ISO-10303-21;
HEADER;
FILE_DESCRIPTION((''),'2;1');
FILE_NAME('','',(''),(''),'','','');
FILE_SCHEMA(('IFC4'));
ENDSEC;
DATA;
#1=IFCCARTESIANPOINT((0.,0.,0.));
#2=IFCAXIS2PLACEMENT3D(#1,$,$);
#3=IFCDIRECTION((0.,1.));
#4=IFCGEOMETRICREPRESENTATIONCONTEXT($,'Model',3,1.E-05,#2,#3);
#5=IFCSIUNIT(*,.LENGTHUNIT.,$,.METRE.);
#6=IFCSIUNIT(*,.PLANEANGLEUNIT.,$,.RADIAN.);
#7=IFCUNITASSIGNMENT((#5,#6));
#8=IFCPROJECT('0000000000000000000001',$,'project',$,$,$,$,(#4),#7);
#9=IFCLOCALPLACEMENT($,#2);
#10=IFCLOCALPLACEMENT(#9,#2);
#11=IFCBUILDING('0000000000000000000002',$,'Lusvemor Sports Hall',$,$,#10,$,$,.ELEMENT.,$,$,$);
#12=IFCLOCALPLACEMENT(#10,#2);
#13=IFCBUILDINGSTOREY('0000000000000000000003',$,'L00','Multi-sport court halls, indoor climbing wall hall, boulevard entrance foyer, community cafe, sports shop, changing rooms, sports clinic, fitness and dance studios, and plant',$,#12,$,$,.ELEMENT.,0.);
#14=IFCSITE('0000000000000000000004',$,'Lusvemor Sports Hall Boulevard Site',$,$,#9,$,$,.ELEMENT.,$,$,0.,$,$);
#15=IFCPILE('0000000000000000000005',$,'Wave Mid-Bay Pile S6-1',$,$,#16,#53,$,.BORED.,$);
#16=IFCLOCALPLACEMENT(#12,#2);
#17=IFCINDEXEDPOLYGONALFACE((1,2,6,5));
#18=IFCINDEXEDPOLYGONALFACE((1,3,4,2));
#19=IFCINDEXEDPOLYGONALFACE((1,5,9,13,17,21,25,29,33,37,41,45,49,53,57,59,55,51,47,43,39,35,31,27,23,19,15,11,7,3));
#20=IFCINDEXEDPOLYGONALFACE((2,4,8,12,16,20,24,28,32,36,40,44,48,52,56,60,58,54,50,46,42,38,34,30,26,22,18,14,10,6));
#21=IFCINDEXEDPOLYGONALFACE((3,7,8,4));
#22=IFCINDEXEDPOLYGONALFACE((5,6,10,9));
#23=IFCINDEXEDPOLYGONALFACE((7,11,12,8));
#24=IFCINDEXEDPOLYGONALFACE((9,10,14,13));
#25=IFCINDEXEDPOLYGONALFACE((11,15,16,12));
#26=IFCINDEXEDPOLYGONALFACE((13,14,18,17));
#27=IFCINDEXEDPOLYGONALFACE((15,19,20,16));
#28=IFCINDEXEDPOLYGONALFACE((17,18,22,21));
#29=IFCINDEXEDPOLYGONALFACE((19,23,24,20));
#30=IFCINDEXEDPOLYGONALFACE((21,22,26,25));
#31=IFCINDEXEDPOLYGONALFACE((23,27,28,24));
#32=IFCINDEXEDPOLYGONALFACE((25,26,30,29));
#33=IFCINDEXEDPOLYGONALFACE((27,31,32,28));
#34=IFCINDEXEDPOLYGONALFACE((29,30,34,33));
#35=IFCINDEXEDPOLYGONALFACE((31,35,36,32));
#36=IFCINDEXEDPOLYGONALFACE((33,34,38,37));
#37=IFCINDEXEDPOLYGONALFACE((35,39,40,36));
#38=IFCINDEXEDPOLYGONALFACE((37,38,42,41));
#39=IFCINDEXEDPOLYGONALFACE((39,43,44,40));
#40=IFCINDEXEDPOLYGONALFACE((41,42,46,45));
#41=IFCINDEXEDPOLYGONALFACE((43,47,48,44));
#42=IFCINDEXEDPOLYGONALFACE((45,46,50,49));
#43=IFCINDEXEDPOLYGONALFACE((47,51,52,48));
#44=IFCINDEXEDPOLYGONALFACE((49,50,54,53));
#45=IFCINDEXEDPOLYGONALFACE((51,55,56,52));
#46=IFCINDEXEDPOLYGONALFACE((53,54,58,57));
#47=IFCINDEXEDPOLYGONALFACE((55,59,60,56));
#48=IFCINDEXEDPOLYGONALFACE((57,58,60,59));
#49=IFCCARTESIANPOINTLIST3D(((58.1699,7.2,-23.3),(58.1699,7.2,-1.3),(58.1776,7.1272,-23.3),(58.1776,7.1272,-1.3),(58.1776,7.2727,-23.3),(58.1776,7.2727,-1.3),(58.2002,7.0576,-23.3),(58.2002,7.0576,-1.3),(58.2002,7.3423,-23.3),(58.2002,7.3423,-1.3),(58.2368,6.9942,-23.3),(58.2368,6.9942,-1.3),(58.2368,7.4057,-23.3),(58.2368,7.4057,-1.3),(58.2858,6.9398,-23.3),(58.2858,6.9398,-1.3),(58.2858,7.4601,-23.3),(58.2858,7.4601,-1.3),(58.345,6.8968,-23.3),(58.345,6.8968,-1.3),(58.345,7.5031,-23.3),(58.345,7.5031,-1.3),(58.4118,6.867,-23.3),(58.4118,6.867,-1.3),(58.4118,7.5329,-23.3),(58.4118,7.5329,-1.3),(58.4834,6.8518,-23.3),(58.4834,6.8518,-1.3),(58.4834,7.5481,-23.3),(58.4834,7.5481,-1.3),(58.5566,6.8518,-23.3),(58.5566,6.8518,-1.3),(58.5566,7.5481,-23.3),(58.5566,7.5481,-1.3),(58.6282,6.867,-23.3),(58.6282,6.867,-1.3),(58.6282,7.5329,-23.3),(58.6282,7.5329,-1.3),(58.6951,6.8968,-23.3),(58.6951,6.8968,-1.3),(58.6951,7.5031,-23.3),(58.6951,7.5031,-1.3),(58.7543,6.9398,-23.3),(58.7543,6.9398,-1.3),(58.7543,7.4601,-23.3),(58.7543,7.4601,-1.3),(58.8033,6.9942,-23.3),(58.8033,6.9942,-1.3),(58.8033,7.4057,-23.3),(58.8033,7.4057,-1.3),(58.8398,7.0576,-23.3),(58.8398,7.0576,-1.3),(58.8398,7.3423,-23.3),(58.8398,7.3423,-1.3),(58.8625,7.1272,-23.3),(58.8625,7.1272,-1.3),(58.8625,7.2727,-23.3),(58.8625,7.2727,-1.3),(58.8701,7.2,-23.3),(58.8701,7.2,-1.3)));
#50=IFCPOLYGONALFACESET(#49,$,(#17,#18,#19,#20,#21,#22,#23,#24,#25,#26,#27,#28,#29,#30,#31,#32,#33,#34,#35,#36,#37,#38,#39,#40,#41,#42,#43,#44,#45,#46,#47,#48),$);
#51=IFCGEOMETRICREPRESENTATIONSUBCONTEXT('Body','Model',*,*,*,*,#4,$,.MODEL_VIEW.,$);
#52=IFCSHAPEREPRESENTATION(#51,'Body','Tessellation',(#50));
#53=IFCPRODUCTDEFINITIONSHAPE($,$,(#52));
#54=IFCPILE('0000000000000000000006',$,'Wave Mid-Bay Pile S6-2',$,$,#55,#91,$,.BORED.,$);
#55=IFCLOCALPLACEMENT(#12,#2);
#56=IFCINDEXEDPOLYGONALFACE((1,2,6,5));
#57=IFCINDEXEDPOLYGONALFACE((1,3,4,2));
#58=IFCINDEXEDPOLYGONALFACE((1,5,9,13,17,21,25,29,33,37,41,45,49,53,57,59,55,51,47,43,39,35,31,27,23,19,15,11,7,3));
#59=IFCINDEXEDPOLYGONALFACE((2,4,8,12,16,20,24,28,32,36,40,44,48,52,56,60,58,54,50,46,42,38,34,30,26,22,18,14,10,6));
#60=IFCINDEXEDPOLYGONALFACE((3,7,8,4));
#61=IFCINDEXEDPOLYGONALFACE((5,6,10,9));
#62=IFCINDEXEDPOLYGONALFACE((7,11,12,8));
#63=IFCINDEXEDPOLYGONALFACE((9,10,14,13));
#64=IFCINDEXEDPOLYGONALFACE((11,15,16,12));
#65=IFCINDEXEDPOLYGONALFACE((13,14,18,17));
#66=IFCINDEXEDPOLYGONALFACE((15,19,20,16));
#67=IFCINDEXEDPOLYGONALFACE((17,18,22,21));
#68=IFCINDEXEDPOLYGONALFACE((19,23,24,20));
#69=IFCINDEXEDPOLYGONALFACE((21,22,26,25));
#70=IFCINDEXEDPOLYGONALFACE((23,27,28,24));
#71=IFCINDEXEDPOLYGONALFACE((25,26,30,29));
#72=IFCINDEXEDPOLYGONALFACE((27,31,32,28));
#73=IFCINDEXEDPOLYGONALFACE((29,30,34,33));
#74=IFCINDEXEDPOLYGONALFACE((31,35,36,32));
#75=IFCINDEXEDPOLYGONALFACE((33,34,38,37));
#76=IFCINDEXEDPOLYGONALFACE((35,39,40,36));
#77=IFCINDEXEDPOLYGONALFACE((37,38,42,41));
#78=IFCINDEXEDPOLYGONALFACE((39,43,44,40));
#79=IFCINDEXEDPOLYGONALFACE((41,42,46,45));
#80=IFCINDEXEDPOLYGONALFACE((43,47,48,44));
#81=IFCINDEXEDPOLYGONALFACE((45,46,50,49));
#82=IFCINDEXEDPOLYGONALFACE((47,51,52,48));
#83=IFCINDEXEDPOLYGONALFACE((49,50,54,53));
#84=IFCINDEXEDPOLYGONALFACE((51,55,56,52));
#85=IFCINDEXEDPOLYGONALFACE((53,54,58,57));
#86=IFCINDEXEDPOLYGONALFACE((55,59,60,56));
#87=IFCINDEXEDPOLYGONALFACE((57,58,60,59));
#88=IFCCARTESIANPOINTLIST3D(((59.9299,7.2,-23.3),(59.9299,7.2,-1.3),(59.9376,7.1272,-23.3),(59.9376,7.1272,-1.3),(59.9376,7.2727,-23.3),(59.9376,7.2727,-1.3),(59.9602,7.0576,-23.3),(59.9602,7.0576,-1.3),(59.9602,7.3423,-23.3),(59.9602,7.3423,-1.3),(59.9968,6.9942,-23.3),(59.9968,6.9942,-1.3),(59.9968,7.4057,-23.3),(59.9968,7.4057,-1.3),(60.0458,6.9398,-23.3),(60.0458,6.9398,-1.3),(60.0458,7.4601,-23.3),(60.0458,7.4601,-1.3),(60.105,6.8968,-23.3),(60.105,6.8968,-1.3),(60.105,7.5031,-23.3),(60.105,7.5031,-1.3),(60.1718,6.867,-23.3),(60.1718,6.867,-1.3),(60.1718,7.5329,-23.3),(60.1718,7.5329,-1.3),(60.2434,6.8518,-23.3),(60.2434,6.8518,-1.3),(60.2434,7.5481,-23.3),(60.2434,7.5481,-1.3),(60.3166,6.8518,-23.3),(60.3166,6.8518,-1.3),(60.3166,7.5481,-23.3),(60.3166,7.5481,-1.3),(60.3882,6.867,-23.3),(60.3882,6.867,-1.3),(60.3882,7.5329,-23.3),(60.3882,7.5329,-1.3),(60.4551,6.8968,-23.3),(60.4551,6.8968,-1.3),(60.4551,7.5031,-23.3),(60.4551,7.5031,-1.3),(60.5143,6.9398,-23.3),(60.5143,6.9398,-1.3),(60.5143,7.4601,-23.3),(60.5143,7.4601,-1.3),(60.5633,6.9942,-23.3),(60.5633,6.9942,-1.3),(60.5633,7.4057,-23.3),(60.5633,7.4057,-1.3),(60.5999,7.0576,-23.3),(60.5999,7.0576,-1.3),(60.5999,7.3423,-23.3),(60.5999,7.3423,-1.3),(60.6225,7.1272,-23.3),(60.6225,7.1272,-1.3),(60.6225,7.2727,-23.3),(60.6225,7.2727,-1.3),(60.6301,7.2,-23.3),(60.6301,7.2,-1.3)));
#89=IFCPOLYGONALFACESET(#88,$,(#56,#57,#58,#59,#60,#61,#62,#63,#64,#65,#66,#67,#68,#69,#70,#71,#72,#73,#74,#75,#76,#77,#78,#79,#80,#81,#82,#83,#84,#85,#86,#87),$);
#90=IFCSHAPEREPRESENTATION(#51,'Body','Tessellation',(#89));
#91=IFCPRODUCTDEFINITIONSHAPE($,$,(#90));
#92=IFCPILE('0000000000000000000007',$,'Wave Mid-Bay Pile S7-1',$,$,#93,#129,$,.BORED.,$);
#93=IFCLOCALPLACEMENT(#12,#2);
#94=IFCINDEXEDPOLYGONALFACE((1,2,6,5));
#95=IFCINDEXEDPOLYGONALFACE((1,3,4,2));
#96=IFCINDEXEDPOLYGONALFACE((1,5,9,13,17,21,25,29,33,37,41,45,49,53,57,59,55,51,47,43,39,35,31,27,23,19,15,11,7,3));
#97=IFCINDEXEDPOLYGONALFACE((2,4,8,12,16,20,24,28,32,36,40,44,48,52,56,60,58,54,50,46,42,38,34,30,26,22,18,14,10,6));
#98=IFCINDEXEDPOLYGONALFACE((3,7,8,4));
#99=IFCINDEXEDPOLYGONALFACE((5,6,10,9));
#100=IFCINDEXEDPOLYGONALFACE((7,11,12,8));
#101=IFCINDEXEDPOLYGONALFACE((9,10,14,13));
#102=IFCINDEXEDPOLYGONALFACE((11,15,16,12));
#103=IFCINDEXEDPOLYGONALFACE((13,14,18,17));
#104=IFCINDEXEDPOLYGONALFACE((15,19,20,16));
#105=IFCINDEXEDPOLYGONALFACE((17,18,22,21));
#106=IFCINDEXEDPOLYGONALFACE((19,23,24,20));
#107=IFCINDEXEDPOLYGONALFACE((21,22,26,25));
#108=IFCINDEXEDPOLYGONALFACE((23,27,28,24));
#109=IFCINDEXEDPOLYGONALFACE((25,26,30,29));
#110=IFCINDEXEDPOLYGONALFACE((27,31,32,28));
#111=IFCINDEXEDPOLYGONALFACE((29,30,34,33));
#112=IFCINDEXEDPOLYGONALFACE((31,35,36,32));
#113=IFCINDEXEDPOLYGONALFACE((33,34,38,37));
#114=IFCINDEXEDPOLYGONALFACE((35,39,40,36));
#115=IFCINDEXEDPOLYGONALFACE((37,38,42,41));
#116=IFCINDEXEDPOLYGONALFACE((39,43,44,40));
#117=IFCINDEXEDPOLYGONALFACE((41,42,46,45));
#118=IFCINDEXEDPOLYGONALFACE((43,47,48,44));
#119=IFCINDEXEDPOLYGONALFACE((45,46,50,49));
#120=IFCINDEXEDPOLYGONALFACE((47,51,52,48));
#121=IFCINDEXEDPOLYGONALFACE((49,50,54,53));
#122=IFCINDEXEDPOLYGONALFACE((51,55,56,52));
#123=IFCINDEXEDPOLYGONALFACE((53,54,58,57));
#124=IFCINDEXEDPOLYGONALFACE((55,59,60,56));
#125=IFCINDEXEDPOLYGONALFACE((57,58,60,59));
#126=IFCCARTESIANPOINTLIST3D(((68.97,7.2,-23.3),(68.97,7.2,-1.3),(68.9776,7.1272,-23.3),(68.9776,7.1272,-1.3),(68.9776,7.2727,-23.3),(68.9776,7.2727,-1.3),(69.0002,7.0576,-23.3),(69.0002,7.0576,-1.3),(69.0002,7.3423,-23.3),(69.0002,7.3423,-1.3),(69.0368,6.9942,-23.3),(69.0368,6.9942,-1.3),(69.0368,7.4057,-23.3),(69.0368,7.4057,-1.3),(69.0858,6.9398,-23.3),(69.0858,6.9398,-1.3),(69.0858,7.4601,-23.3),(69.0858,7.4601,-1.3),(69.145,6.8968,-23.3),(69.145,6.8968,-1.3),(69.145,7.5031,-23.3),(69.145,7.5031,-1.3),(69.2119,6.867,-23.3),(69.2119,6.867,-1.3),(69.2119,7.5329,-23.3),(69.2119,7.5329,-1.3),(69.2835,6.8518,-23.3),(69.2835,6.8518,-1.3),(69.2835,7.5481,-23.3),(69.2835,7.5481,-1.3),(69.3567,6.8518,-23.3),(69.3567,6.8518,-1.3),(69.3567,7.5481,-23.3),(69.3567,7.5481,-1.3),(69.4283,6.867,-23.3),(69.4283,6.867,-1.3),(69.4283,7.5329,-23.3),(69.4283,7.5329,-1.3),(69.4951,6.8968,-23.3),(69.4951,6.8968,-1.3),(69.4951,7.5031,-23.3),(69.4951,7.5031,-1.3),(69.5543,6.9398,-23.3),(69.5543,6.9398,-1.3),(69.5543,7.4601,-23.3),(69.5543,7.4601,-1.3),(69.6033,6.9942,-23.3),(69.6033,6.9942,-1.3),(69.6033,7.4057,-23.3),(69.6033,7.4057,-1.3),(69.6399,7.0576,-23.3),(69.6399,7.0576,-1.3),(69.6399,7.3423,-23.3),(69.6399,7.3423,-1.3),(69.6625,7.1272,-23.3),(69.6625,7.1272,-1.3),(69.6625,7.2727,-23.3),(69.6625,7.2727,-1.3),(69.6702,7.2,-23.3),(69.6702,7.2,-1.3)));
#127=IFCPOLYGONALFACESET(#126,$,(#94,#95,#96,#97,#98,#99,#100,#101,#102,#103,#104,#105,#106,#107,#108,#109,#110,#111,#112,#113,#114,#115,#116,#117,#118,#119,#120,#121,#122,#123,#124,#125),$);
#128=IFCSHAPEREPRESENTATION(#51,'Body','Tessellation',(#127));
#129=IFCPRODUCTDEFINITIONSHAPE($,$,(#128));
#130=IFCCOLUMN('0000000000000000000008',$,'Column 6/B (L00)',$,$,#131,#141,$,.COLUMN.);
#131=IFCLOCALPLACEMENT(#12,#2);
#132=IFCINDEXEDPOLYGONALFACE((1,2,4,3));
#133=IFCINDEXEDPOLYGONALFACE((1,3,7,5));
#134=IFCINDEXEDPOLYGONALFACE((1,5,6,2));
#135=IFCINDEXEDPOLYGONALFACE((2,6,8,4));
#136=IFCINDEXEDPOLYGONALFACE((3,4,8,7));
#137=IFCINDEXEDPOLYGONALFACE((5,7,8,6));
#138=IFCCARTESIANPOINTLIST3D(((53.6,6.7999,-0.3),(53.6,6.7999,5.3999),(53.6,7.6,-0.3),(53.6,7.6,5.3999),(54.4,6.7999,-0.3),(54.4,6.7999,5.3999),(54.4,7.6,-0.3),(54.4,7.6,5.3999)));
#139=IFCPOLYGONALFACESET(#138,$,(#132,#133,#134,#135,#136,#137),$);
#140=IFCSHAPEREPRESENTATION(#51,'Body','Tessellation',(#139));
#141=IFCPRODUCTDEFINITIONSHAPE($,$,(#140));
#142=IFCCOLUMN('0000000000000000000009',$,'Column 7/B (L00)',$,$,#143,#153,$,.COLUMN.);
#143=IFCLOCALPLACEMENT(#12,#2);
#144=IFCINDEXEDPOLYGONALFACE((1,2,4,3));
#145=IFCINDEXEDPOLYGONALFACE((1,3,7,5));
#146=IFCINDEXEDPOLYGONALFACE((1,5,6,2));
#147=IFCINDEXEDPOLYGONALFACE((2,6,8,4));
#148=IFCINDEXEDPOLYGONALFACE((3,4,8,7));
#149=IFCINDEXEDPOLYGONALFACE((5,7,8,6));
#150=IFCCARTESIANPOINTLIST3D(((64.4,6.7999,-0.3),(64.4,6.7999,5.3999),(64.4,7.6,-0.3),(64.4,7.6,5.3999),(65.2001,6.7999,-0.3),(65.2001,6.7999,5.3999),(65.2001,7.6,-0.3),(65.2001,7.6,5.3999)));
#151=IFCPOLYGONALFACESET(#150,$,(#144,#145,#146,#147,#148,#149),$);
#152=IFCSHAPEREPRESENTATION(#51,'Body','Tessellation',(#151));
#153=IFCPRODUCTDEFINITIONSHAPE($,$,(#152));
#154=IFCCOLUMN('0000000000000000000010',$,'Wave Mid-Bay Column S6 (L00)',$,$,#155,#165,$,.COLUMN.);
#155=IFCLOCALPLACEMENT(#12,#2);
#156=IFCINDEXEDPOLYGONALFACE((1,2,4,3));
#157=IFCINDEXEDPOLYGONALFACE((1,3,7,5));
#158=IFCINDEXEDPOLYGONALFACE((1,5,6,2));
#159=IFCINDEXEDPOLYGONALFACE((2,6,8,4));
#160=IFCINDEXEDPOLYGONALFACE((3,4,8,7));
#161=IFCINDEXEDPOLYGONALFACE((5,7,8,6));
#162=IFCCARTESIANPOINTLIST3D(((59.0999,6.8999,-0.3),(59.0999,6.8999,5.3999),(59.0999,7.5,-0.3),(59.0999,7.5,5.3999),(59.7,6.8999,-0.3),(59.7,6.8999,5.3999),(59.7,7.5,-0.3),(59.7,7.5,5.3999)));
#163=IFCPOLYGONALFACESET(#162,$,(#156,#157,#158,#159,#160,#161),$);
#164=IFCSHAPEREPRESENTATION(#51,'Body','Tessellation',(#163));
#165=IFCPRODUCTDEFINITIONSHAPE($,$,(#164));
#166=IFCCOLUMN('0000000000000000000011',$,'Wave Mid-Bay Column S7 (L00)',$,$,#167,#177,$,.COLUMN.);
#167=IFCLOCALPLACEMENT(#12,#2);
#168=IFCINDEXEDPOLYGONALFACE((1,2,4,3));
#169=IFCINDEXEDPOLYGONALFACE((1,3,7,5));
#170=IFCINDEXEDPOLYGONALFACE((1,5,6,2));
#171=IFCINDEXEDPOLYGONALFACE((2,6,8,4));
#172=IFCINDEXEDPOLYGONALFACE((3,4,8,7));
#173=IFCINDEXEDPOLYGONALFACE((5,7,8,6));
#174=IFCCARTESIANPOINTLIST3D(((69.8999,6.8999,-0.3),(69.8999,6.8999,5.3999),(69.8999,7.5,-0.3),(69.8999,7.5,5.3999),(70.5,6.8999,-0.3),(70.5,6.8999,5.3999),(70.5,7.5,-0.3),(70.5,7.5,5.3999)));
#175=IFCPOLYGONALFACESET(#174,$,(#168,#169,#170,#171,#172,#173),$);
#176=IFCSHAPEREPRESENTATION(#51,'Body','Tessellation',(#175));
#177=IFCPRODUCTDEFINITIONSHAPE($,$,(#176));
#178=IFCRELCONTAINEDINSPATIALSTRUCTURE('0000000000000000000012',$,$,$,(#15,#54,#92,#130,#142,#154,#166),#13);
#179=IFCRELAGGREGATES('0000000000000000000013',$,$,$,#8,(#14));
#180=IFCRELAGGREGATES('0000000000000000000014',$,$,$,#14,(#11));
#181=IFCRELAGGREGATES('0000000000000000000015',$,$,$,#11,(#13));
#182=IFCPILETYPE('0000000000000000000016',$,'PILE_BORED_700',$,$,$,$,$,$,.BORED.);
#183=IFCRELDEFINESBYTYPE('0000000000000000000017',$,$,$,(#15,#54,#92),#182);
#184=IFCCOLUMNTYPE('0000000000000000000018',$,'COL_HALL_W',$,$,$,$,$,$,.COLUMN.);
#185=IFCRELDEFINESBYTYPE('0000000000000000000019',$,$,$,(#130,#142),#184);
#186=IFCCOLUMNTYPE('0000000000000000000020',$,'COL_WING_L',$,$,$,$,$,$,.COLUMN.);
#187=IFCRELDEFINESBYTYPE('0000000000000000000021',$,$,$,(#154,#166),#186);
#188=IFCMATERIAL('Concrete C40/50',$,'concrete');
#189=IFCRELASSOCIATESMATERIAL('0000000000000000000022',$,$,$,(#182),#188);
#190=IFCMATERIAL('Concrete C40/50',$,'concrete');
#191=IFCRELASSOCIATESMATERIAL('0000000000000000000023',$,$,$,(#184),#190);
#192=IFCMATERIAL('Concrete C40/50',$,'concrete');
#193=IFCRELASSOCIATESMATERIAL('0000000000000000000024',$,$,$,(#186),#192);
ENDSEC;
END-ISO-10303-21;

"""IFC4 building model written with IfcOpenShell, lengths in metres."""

from ifc_helpers import new_model, si_unit, direction, frame, origin, origin_2d, place, context, subcontext, project, spatial, rectangle, circle, extrude, material, material_profile, profile_set, type_object, element, save


model = new_model("IFC4")

# Units and contexts
model_context = context("Model", 3, precision=1e-05, world=origin(), true_north=direction((0.0, 1.0)))
body_context = subcontext(model_context, "Body", "Model", "MODEL_VIEW")
ifc_project = project(units=[si_unit("LENGTHUNIT", "METRE"), si_unit("PLANEANGLEUNIT", "RADIAN")], contexts=[model_context])

# Site, building, storey
site_placement = place(None, origin())
site = spatial("IfcSite", under=ifc_project, at=site_placement, Name="Lusvemor Sports Hall Boulevard Site", CompositionType="ELEMENT", RefElevation=0.0)
building_placement = place(site_placement, origin())
building = spatial("IfcBuilding", under=site, at=building_placement, Name="Lusvemor Sports Hall", CompositionType="ELEMENT")
storey_placement = place(building_placement, origin())
storey = spatial("IfcBuildingStorey", under=building, at=storey_placement, Name="L00", Description="Multi-sport court halls, indoor climbing wall hall, boulevard entrance foyer, community cafe, sports shop, changing rooms, sports clinic, fitness and dance studios, and plant", CompositionType="ELEMENT", Elevation=0.0)

# Piles
ifc_material_1 = material(Name="Concrete C40/50", Category="concrete")
ifc_material_profile_1 = material_profile(ifc_material_1, circle(Radius=0.3501, at=origin_2d()), Name="PILE700")
ifc_profile_set_1 = profile_set([ifc_material_profile_1], Name="Concrete C40/50")
pile_type = type_object("IfcPileType", Name="PILE_BORED_700", PredefinedType="BORED", material=ifc_profile_set_1)
for number, where, z_axis, x_axis, name in (
    (1, (58.52, 7.2, -1.3), (0.0, 0.0, -1.0), (1.0, 0.0, 0.0), "Wave Mid-Bay Pile S6-1"),
    (2, (60.28, 7.2, -1.3), (0.0, 0.0, -1.0), (1.0, 0.0, 0.0), "Wave Mid-Bay Pile S6-2"),
    (3, (69.3201, 7.2, -1.3), (0.0, 0.0, -1.0), (1.0, 0.0, 0.0), "Wave Mid-Bay Pile S7-1"),
):
    element("IfcPile", number, at=place(storey_placement, frame(where, z_axis=z_axis, x_axis=x_axis)), inside=storey, type_object=pile_type, Name=name, PredefinedType="BORED", context=body_context, shape_type="SweptSolid", body=[
        extrude(circle(Radius=0.3501, at=origin_2d()), origin(), (0.0, 0.0, 1.0), 22.0),
    ])

# Columns
ifc_material_2 = material(Name="Concrete C40/50", Category="concrete")
ifc_material_profile_2 = material_profile(ifc_material_2, rectangle(XDim=0.8, YDim=0.8, at=origin_2d()), Name="RC800x800")
ifc_profile_set_2 = profile_set([ifc_material_profile_2], Name="Concrete C40/50")
column_type_1 = type_object("IfcColumnType", Name="COL_HALL_W", PredefinedType="COLUMN", material=ifc_profile_set_2)
for number, where, z_axis, x_axis, name in (
    (4, (54.0, 7.2, -0.3), (0.0, 0.0, 1.0), (1.0, 0.0, 0.0), "Column 6/B (L00)"),
    (5, (64.8, 7.2, -0.3), (0.0, 0.0, 1.0), (1.0, 0.0, 0.0), "Column 7/B (L00)"),
):
    element("IfcColumn", number, at=place(storey_placement, frame(where, z_axis=z_axis, x_axis=x_axis)), inside=storey, type_object=column_type_1, Name=name, PredefinedType="COLUMN", context=body_context, shape_type="SweptSolid", body=[
        extrude(rectangle(XDim=0.8, YDim=0.8, at=origin_2d()), origin(), (0.0, 0.0, 1.0), 5.7),
    ])
ifc_material_3 = material(Name="Concrete C40/50", Category="concrete")
ifc_material_profile_3 = material_profile(ifc_material_3, rectangle(XDim=0.6001, YDim=0.6001, at=origin_2d()), Name="RC600x600")
ifc_profile_set_3 = profile_set([ifc_material_profile_3], Name="Concrete C40/50")
column_type_2 = type_object("IfcColumnType", Name="COL_WING_L", PredefinedType="COLUMN", material=ifc_profile_set_3)
for number, where, z_axis, x_axis, name in (
    (6, (59.3999, 7.2, -0.3), (0.0, 0.0, 1.0), (1.0, 0.0, 0.0), "Wave Mid-Bay Column S6 (L00)"),
    (7, (70.2, 7.2, -0.3), (0.0, 0.0, 1.0), (1.0, 0.0, 0.0), "Wave Mid-Bay Column S7 (L00)"),
):
    element("IfcColumn", number, at=place(storey_placement, frame(where, z_axis=z_axis, x_axis=x_axis)), inside=storey, type_object=column_type_2, Name=name, PredefinedType="COLUMN", context=body_context, shape_type="SweptSolid", body=[
        extrude(rectangle(XDim=0.6001, YDim=0.6001, at=origin_2d()), origin(), (0.0, 0.0, 1.0), 5.7),
    ])

save(model, "model.ifc")
